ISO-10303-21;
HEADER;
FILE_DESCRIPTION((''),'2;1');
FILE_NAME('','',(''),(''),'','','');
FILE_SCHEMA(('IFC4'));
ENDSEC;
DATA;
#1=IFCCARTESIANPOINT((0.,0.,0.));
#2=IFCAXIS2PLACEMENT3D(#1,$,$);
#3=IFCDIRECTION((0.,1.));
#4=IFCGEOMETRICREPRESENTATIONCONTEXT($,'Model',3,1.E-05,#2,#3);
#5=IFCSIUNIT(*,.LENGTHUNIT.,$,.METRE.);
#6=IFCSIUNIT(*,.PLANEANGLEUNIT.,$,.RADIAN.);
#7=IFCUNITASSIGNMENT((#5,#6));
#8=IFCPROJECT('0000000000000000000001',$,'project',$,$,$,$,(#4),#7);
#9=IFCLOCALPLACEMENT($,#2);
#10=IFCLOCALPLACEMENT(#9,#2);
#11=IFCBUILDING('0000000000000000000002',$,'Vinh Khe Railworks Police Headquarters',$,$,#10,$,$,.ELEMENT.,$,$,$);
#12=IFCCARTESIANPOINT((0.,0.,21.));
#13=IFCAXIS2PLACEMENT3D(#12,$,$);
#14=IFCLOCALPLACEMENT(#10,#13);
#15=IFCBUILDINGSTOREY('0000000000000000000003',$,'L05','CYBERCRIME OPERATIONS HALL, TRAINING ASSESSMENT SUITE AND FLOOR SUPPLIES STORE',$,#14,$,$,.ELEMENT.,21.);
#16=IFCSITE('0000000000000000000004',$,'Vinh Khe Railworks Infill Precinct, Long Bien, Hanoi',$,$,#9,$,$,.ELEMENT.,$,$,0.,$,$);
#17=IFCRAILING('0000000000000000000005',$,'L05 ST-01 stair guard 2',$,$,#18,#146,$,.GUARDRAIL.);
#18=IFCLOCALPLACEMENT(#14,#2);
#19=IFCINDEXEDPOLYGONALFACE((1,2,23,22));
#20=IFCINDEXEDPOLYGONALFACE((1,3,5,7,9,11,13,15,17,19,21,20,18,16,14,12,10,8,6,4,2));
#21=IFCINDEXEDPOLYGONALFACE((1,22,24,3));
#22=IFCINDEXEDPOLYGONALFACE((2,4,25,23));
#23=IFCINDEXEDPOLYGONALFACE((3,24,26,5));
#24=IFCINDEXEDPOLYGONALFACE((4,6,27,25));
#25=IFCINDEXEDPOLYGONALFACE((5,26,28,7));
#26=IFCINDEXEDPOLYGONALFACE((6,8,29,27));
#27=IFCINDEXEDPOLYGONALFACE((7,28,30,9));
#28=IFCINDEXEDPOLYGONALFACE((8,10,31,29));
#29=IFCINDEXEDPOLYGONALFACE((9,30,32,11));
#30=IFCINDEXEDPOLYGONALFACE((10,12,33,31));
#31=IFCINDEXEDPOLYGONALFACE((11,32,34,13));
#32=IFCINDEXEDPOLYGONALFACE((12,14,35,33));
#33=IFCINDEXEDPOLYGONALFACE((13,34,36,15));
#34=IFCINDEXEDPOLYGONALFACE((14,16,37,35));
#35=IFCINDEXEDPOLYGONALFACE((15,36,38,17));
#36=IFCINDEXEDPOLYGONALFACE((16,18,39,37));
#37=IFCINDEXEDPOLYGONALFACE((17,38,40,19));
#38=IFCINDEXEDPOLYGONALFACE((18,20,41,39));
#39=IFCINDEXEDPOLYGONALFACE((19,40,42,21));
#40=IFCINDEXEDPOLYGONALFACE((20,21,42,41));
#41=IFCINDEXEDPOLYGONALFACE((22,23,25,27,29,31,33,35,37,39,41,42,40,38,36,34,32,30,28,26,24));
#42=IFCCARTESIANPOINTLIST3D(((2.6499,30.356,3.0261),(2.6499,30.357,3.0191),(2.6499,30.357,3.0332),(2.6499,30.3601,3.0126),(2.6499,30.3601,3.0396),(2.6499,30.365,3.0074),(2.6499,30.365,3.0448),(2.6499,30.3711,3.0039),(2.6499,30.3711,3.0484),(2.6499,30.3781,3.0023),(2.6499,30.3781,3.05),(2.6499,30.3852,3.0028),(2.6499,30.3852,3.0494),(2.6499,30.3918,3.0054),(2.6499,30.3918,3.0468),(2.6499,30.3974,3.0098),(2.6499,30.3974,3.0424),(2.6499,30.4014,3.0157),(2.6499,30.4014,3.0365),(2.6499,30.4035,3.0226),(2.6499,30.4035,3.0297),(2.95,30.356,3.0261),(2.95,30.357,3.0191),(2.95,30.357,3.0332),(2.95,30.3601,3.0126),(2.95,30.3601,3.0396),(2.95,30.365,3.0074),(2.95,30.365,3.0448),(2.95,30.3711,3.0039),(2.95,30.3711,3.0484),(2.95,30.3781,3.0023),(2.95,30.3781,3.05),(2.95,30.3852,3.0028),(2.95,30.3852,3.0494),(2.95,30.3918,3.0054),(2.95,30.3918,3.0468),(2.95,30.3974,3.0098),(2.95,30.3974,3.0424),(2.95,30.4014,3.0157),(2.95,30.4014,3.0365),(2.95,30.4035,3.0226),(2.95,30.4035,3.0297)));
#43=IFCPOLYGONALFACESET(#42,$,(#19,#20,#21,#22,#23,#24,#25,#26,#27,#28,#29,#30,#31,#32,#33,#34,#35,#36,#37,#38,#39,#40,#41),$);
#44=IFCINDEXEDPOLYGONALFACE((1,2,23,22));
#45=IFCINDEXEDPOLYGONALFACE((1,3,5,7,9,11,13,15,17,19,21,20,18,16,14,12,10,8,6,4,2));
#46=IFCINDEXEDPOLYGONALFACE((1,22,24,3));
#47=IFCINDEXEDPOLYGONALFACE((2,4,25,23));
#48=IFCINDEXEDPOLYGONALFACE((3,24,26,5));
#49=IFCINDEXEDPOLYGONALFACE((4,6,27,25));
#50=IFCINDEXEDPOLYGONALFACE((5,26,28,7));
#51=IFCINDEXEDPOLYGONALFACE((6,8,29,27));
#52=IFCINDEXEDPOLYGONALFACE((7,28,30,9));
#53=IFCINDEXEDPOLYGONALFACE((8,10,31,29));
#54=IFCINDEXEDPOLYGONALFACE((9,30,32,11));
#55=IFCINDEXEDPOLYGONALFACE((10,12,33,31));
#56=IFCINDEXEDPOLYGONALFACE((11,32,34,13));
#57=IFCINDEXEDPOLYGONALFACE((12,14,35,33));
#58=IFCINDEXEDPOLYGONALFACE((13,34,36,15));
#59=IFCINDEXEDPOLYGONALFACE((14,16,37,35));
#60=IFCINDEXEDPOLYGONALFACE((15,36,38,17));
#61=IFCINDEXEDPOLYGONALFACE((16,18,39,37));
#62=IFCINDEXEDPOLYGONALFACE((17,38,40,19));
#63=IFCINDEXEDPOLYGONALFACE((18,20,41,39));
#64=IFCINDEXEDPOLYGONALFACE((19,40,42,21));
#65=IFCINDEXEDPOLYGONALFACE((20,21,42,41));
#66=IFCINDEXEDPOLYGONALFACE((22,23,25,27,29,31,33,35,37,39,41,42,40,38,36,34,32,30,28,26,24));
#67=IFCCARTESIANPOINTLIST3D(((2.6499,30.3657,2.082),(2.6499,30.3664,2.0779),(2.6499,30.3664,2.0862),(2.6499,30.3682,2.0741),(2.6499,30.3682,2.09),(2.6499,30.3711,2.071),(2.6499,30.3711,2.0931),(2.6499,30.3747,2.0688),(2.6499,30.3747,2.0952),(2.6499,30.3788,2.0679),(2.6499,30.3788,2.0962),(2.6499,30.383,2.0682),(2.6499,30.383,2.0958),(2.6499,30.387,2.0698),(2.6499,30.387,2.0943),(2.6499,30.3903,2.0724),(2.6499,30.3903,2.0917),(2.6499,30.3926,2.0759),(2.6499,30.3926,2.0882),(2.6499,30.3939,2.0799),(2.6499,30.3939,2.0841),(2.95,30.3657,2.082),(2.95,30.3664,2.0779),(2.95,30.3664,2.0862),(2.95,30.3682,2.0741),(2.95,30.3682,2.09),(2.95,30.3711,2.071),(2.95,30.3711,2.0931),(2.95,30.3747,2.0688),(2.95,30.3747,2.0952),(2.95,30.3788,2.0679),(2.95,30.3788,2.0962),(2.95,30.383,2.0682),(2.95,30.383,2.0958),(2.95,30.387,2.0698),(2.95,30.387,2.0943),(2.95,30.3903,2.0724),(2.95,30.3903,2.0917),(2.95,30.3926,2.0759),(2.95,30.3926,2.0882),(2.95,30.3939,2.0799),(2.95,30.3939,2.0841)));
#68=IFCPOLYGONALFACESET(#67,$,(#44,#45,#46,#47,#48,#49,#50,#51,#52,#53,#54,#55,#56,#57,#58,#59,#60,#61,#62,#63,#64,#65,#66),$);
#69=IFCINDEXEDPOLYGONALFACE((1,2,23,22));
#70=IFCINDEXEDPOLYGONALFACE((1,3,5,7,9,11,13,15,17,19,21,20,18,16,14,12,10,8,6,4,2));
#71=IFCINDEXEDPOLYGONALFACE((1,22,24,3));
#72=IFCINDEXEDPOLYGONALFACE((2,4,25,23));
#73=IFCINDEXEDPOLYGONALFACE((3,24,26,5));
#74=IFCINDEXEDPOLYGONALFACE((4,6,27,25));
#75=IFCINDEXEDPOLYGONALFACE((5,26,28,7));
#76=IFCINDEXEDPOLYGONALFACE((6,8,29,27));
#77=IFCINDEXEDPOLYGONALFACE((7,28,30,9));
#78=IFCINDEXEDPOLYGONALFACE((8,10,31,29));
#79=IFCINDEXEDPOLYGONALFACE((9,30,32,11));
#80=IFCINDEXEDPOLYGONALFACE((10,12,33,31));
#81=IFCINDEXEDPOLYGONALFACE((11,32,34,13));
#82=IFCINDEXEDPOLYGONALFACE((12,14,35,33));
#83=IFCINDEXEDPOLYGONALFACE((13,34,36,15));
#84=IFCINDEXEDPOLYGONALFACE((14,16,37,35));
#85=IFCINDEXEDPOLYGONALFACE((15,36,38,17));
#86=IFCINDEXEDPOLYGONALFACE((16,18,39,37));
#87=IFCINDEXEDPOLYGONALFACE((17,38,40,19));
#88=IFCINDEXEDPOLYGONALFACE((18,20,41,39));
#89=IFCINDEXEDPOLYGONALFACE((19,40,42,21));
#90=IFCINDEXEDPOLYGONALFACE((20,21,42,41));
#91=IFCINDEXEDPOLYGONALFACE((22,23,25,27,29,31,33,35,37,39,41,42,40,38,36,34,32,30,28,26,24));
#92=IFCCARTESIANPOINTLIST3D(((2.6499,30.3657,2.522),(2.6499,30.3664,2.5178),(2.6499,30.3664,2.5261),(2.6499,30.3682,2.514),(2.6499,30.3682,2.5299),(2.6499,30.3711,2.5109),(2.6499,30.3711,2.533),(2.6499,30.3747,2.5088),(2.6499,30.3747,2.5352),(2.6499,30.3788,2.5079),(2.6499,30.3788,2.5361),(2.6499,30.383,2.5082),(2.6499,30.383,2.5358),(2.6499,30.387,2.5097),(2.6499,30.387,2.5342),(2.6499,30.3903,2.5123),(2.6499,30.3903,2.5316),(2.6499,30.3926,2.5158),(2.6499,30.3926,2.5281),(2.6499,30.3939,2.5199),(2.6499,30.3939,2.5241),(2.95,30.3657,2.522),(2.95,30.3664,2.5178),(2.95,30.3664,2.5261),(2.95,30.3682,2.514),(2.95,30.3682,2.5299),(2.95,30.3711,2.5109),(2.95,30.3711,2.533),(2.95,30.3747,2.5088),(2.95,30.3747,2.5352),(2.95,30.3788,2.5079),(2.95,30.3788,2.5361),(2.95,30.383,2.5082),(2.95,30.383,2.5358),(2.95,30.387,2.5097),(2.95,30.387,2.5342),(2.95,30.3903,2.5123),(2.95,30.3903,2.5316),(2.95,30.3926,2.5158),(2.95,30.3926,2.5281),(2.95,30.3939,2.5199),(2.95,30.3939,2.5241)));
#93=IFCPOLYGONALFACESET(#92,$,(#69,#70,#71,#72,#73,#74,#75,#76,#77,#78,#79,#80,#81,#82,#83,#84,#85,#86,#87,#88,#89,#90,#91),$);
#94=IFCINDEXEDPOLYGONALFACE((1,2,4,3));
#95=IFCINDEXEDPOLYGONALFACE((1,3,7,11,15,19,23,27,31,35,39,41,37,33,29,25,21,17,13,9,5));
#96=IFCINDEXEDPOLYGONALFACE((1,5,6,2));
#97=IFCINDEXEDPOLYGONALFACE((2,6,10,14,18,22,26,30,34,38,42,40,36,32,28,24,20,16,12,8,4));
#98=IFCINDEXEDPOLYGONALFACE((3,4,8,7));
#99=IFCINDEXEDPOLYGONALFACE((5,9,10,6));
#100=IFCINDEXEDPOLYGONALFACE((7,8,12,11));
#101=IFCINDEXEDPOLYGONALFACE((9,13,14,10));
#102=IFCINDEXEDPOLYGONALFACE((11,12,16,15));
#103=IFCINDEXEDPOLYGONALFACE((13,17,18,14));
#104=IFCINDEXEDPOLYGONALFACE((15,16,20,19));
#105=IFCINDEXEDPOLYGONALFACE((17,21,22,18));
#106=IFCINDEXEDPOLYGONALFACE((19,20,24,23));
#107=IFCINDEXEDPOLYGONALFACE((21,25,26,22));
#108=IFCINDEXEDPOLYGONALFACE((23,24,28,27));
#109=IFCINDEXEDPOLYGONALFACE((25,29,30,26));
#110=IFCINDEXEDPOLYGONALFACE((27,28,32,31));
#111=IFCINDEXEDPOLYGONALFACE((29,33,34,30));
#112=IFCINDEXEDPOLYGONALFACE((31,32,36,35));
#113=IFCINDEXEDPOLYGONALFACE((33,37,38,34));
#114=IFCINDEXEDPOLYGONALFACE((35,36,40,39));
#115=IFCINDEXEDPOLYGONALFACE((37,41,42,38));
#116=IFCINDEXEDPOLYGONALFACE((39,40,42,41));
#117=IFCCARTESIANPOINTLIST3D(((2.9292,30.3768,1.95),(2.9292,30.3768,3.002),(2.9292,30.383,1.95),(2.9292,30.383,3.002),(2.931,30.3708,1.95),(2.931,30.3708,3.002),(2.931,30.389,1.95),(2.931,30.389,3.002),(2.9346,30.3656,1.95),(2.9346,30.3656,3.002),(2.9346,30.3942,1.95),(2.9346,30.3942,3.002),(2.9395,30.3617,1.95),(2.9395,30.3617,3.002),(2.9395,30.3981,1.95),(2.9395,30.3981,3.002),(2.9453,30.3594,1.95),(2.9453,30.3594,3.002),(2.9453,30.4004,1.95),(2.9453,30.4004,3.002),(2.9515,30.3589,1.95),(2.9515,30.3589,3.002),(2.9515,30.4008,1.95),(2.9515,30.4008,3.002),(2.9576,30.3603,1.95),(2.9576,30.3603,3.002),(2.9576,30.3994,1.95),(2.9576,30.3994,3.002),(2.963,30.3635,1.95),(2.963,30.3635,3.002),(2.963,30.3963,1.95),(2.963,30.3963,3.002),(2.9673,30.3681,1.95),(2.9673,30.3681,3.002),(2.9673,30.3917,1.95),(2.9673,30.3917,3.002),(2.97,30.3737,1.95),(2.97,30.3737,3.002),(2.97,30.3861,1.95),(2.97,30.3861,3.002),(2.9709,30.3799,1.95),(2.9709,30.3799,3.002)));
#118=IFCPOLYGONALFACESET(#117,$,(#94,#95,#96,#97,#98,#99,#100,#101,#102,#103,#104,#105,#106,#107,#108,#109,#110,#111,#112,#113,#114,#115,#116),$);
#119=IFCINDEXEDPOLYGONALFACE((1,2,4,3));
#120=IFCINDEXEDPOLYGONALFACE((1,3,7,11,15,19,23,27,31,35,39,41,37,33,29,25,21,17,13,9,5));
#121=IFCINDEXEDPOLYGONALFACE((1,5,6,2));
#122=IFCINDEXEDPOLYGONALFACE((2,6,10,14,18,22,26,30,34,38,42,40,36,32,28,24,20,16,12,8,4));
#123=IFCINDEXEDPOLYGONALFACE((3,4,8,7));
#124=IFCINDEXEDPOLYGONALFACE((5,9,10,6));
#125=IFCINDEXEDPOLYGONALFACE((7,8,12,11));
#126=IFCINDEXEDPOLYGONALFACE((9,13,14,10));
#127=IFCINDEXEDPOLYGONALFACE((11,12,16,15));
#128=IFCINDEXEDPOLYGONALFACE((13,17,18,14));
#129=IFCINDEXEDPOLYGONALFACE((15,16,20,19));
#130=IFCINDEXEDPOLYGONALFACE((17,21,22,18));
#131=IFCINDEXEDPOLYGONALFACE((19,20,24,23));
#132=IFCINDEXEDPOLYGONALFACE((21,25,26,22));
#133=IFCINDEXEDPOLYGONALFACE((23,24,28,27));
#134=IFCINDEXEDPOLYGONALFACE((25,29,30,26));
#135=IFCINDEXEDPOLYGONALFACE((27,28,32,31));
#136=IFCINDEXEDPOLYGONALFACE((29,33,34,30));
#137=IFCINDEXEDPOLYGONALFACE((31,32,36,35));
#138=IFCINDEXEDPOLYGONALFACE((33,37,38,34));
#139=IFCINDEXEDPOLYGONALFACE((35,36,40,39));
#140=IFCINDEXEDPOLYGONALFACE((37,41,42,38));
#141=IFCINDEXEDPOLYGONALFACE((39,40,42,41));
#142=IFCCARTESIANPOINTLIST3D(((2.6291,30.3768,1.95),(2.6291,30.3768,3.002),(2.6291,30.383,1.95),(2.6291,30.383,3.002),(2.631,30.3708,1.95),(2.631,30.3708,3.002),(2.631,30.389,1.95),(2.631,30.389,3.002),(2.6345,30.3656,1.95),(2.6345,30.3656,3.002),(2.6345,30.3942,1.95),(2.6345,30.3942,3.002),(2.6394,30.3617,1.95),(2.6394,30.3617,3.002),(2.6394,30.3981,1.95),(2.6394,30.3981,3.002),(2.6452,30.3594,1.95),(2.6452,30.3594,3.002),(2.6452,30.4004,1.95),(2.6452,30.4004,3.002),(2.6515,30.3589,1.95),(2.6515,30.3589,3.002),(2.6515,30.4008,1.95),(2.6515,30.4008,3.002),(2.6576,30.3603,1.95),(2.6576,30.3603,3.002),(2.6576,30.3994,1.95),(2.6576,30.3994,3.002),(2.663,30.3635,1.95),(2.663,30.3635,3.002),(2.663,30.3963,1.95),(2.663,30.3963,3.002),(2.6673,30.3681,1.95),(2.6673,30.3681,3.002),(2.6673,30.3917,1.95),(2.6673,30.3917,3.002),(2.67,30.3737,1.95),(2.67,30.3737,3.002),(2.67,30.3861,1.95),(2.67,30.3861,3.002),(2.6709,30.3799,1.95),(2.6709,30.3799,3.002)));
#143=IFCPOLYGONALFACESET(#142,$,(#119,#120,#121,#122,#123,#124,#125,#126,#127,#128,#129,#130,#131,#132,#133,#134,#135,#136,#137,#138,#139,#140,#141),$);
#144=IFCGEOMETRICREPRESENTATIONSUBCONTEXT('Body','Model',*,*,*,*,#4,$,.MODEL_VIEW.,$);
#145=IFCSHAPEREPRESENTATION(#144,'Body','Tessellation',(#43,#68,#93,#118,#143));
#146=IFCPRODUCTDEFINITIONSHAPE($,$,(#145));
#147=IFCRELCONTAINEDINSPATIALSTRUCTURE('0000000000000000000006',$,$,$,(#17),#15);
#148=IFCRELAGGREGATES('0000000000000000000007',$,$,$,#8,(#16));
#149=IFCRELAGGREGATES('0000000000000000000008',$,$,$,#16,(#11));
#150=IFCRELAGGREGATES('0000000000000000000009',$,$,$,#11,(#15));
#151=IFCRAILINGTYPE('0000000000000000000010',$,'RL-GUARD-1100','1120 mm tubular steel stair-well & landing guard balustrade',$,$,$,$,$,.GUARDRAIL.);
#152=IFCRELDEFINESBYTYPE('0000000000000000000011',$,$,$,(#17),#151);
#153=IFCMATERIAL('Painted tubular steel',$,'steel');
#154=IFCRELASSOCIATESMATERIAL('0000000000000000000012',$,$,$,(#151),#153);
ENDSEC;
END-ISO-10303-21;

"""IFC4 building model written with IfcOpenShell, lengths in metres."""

from ifc_helpers import new_model, si_unit, direction, frame, origin, origin_2d, place, context, subcontext, project, spatial, circle, extrude, material, type_object, element, save


model = new_model("IFC4")

# Units and contexts
model_context = context("Model", 3, precision=1e-05, world=origin(), true_north=direction((0.0, 1.0)))
body_context = subcontext(model_context, "Body", "Model", "MODEL_VIEW")
ifc_project = project(units=[si_unit("LENGTHUNIT", "METRE"), si_unit("PLANEANGLEUNIT", "RADIAN")], contexts=[model_context])

# Site, building, storey
site_placement = place(None, origin())
site = spatial("IfcSite", under=ifc_project, at=site_placement, Name="Vinh Khe Railworks Infill Precinct, Long Bien, Hanoi", CompositionType="ELEMENT", RefElevation=0.0)
building_placement = place(site_placement, origin())
building = spatial("IfcBuilding", under=site, at=building_placement, Name="Vinh Khe Railworks Police Headquarters", CompositionType="ELEMENT")
storey_placement = place(building_placement, frame((0.0, 0.0, 21.0)))
storey = spatial("IfcBuildingStorey", under=building, at=storey_placement, Name="L05", Description="CYBERCRIME OPERATIONS HALL, TRAINING ASSESSMENT SUITE AND FLOOR SUPPLIES STORE", CompositionType="ELEMENT", Elevation=21.0)

# Railing
ifc_material_1 = material(Name="Painted tubular steel", Category="steel")
railing_type_1 = type_object("IfcRailingType", Name="RL-GUARD-1100", Description="1120 mm tubular steel stair-well & landing guard balustrade", PredefinedType="GUARDRAIL", material=ifc_material_1)
railing_1_placement = place(storey_placement, frame((2.95, 30.3799, 1.95)))
element("IfcRailing", 1, at=railing_1_placement, inside=storey, type_object=railing_type_1, Name="L05 ST-01 stair guard 2", PredefinedType="GUARDRAIL", context=body_context, shape_type="SweptSolid", body=[
    extrude(circle(Radius=0.0239, at=origin_2d()), frame((0.0, 0.0, 1.0762), z_axis=(-1.0, 0.0, 0.0), x_axis=(0.0, -1.0, 0.0)), (0.0, 0.0, 1.0), 0.3),
    extrude(circle(Radius=0.0142, at=origin_2d()), frame((0.0, 0.0, 0.1321), z_axis=(-1.0, 0.0, 0.0), x_axis=(0.0, -1.0, 0.0)), (0.0, 0.0, 1.0), 0.3),
    extrude(circle(Radius=0.0142, at=origin_2d()), frame((0.0, 0.0, 0.572), z_axis=(-1.0, 0.0, 0.0), x_axis=(0.0, -1.0, 0.0)), (0.0, 0.0, 1.0), 0.3),
    extrude(circle(Radius=0.021, at=origin_2d()), origin(), (0.0, 0.0, 1.0), 1.052),
    extrude(circle(Radius=0.021, at=origin_2d()), frame((-0.3, 0.0, 0.0)), (0.0, 0.0, 1.0), 1.052),
])

save(model, "model.ifc")
